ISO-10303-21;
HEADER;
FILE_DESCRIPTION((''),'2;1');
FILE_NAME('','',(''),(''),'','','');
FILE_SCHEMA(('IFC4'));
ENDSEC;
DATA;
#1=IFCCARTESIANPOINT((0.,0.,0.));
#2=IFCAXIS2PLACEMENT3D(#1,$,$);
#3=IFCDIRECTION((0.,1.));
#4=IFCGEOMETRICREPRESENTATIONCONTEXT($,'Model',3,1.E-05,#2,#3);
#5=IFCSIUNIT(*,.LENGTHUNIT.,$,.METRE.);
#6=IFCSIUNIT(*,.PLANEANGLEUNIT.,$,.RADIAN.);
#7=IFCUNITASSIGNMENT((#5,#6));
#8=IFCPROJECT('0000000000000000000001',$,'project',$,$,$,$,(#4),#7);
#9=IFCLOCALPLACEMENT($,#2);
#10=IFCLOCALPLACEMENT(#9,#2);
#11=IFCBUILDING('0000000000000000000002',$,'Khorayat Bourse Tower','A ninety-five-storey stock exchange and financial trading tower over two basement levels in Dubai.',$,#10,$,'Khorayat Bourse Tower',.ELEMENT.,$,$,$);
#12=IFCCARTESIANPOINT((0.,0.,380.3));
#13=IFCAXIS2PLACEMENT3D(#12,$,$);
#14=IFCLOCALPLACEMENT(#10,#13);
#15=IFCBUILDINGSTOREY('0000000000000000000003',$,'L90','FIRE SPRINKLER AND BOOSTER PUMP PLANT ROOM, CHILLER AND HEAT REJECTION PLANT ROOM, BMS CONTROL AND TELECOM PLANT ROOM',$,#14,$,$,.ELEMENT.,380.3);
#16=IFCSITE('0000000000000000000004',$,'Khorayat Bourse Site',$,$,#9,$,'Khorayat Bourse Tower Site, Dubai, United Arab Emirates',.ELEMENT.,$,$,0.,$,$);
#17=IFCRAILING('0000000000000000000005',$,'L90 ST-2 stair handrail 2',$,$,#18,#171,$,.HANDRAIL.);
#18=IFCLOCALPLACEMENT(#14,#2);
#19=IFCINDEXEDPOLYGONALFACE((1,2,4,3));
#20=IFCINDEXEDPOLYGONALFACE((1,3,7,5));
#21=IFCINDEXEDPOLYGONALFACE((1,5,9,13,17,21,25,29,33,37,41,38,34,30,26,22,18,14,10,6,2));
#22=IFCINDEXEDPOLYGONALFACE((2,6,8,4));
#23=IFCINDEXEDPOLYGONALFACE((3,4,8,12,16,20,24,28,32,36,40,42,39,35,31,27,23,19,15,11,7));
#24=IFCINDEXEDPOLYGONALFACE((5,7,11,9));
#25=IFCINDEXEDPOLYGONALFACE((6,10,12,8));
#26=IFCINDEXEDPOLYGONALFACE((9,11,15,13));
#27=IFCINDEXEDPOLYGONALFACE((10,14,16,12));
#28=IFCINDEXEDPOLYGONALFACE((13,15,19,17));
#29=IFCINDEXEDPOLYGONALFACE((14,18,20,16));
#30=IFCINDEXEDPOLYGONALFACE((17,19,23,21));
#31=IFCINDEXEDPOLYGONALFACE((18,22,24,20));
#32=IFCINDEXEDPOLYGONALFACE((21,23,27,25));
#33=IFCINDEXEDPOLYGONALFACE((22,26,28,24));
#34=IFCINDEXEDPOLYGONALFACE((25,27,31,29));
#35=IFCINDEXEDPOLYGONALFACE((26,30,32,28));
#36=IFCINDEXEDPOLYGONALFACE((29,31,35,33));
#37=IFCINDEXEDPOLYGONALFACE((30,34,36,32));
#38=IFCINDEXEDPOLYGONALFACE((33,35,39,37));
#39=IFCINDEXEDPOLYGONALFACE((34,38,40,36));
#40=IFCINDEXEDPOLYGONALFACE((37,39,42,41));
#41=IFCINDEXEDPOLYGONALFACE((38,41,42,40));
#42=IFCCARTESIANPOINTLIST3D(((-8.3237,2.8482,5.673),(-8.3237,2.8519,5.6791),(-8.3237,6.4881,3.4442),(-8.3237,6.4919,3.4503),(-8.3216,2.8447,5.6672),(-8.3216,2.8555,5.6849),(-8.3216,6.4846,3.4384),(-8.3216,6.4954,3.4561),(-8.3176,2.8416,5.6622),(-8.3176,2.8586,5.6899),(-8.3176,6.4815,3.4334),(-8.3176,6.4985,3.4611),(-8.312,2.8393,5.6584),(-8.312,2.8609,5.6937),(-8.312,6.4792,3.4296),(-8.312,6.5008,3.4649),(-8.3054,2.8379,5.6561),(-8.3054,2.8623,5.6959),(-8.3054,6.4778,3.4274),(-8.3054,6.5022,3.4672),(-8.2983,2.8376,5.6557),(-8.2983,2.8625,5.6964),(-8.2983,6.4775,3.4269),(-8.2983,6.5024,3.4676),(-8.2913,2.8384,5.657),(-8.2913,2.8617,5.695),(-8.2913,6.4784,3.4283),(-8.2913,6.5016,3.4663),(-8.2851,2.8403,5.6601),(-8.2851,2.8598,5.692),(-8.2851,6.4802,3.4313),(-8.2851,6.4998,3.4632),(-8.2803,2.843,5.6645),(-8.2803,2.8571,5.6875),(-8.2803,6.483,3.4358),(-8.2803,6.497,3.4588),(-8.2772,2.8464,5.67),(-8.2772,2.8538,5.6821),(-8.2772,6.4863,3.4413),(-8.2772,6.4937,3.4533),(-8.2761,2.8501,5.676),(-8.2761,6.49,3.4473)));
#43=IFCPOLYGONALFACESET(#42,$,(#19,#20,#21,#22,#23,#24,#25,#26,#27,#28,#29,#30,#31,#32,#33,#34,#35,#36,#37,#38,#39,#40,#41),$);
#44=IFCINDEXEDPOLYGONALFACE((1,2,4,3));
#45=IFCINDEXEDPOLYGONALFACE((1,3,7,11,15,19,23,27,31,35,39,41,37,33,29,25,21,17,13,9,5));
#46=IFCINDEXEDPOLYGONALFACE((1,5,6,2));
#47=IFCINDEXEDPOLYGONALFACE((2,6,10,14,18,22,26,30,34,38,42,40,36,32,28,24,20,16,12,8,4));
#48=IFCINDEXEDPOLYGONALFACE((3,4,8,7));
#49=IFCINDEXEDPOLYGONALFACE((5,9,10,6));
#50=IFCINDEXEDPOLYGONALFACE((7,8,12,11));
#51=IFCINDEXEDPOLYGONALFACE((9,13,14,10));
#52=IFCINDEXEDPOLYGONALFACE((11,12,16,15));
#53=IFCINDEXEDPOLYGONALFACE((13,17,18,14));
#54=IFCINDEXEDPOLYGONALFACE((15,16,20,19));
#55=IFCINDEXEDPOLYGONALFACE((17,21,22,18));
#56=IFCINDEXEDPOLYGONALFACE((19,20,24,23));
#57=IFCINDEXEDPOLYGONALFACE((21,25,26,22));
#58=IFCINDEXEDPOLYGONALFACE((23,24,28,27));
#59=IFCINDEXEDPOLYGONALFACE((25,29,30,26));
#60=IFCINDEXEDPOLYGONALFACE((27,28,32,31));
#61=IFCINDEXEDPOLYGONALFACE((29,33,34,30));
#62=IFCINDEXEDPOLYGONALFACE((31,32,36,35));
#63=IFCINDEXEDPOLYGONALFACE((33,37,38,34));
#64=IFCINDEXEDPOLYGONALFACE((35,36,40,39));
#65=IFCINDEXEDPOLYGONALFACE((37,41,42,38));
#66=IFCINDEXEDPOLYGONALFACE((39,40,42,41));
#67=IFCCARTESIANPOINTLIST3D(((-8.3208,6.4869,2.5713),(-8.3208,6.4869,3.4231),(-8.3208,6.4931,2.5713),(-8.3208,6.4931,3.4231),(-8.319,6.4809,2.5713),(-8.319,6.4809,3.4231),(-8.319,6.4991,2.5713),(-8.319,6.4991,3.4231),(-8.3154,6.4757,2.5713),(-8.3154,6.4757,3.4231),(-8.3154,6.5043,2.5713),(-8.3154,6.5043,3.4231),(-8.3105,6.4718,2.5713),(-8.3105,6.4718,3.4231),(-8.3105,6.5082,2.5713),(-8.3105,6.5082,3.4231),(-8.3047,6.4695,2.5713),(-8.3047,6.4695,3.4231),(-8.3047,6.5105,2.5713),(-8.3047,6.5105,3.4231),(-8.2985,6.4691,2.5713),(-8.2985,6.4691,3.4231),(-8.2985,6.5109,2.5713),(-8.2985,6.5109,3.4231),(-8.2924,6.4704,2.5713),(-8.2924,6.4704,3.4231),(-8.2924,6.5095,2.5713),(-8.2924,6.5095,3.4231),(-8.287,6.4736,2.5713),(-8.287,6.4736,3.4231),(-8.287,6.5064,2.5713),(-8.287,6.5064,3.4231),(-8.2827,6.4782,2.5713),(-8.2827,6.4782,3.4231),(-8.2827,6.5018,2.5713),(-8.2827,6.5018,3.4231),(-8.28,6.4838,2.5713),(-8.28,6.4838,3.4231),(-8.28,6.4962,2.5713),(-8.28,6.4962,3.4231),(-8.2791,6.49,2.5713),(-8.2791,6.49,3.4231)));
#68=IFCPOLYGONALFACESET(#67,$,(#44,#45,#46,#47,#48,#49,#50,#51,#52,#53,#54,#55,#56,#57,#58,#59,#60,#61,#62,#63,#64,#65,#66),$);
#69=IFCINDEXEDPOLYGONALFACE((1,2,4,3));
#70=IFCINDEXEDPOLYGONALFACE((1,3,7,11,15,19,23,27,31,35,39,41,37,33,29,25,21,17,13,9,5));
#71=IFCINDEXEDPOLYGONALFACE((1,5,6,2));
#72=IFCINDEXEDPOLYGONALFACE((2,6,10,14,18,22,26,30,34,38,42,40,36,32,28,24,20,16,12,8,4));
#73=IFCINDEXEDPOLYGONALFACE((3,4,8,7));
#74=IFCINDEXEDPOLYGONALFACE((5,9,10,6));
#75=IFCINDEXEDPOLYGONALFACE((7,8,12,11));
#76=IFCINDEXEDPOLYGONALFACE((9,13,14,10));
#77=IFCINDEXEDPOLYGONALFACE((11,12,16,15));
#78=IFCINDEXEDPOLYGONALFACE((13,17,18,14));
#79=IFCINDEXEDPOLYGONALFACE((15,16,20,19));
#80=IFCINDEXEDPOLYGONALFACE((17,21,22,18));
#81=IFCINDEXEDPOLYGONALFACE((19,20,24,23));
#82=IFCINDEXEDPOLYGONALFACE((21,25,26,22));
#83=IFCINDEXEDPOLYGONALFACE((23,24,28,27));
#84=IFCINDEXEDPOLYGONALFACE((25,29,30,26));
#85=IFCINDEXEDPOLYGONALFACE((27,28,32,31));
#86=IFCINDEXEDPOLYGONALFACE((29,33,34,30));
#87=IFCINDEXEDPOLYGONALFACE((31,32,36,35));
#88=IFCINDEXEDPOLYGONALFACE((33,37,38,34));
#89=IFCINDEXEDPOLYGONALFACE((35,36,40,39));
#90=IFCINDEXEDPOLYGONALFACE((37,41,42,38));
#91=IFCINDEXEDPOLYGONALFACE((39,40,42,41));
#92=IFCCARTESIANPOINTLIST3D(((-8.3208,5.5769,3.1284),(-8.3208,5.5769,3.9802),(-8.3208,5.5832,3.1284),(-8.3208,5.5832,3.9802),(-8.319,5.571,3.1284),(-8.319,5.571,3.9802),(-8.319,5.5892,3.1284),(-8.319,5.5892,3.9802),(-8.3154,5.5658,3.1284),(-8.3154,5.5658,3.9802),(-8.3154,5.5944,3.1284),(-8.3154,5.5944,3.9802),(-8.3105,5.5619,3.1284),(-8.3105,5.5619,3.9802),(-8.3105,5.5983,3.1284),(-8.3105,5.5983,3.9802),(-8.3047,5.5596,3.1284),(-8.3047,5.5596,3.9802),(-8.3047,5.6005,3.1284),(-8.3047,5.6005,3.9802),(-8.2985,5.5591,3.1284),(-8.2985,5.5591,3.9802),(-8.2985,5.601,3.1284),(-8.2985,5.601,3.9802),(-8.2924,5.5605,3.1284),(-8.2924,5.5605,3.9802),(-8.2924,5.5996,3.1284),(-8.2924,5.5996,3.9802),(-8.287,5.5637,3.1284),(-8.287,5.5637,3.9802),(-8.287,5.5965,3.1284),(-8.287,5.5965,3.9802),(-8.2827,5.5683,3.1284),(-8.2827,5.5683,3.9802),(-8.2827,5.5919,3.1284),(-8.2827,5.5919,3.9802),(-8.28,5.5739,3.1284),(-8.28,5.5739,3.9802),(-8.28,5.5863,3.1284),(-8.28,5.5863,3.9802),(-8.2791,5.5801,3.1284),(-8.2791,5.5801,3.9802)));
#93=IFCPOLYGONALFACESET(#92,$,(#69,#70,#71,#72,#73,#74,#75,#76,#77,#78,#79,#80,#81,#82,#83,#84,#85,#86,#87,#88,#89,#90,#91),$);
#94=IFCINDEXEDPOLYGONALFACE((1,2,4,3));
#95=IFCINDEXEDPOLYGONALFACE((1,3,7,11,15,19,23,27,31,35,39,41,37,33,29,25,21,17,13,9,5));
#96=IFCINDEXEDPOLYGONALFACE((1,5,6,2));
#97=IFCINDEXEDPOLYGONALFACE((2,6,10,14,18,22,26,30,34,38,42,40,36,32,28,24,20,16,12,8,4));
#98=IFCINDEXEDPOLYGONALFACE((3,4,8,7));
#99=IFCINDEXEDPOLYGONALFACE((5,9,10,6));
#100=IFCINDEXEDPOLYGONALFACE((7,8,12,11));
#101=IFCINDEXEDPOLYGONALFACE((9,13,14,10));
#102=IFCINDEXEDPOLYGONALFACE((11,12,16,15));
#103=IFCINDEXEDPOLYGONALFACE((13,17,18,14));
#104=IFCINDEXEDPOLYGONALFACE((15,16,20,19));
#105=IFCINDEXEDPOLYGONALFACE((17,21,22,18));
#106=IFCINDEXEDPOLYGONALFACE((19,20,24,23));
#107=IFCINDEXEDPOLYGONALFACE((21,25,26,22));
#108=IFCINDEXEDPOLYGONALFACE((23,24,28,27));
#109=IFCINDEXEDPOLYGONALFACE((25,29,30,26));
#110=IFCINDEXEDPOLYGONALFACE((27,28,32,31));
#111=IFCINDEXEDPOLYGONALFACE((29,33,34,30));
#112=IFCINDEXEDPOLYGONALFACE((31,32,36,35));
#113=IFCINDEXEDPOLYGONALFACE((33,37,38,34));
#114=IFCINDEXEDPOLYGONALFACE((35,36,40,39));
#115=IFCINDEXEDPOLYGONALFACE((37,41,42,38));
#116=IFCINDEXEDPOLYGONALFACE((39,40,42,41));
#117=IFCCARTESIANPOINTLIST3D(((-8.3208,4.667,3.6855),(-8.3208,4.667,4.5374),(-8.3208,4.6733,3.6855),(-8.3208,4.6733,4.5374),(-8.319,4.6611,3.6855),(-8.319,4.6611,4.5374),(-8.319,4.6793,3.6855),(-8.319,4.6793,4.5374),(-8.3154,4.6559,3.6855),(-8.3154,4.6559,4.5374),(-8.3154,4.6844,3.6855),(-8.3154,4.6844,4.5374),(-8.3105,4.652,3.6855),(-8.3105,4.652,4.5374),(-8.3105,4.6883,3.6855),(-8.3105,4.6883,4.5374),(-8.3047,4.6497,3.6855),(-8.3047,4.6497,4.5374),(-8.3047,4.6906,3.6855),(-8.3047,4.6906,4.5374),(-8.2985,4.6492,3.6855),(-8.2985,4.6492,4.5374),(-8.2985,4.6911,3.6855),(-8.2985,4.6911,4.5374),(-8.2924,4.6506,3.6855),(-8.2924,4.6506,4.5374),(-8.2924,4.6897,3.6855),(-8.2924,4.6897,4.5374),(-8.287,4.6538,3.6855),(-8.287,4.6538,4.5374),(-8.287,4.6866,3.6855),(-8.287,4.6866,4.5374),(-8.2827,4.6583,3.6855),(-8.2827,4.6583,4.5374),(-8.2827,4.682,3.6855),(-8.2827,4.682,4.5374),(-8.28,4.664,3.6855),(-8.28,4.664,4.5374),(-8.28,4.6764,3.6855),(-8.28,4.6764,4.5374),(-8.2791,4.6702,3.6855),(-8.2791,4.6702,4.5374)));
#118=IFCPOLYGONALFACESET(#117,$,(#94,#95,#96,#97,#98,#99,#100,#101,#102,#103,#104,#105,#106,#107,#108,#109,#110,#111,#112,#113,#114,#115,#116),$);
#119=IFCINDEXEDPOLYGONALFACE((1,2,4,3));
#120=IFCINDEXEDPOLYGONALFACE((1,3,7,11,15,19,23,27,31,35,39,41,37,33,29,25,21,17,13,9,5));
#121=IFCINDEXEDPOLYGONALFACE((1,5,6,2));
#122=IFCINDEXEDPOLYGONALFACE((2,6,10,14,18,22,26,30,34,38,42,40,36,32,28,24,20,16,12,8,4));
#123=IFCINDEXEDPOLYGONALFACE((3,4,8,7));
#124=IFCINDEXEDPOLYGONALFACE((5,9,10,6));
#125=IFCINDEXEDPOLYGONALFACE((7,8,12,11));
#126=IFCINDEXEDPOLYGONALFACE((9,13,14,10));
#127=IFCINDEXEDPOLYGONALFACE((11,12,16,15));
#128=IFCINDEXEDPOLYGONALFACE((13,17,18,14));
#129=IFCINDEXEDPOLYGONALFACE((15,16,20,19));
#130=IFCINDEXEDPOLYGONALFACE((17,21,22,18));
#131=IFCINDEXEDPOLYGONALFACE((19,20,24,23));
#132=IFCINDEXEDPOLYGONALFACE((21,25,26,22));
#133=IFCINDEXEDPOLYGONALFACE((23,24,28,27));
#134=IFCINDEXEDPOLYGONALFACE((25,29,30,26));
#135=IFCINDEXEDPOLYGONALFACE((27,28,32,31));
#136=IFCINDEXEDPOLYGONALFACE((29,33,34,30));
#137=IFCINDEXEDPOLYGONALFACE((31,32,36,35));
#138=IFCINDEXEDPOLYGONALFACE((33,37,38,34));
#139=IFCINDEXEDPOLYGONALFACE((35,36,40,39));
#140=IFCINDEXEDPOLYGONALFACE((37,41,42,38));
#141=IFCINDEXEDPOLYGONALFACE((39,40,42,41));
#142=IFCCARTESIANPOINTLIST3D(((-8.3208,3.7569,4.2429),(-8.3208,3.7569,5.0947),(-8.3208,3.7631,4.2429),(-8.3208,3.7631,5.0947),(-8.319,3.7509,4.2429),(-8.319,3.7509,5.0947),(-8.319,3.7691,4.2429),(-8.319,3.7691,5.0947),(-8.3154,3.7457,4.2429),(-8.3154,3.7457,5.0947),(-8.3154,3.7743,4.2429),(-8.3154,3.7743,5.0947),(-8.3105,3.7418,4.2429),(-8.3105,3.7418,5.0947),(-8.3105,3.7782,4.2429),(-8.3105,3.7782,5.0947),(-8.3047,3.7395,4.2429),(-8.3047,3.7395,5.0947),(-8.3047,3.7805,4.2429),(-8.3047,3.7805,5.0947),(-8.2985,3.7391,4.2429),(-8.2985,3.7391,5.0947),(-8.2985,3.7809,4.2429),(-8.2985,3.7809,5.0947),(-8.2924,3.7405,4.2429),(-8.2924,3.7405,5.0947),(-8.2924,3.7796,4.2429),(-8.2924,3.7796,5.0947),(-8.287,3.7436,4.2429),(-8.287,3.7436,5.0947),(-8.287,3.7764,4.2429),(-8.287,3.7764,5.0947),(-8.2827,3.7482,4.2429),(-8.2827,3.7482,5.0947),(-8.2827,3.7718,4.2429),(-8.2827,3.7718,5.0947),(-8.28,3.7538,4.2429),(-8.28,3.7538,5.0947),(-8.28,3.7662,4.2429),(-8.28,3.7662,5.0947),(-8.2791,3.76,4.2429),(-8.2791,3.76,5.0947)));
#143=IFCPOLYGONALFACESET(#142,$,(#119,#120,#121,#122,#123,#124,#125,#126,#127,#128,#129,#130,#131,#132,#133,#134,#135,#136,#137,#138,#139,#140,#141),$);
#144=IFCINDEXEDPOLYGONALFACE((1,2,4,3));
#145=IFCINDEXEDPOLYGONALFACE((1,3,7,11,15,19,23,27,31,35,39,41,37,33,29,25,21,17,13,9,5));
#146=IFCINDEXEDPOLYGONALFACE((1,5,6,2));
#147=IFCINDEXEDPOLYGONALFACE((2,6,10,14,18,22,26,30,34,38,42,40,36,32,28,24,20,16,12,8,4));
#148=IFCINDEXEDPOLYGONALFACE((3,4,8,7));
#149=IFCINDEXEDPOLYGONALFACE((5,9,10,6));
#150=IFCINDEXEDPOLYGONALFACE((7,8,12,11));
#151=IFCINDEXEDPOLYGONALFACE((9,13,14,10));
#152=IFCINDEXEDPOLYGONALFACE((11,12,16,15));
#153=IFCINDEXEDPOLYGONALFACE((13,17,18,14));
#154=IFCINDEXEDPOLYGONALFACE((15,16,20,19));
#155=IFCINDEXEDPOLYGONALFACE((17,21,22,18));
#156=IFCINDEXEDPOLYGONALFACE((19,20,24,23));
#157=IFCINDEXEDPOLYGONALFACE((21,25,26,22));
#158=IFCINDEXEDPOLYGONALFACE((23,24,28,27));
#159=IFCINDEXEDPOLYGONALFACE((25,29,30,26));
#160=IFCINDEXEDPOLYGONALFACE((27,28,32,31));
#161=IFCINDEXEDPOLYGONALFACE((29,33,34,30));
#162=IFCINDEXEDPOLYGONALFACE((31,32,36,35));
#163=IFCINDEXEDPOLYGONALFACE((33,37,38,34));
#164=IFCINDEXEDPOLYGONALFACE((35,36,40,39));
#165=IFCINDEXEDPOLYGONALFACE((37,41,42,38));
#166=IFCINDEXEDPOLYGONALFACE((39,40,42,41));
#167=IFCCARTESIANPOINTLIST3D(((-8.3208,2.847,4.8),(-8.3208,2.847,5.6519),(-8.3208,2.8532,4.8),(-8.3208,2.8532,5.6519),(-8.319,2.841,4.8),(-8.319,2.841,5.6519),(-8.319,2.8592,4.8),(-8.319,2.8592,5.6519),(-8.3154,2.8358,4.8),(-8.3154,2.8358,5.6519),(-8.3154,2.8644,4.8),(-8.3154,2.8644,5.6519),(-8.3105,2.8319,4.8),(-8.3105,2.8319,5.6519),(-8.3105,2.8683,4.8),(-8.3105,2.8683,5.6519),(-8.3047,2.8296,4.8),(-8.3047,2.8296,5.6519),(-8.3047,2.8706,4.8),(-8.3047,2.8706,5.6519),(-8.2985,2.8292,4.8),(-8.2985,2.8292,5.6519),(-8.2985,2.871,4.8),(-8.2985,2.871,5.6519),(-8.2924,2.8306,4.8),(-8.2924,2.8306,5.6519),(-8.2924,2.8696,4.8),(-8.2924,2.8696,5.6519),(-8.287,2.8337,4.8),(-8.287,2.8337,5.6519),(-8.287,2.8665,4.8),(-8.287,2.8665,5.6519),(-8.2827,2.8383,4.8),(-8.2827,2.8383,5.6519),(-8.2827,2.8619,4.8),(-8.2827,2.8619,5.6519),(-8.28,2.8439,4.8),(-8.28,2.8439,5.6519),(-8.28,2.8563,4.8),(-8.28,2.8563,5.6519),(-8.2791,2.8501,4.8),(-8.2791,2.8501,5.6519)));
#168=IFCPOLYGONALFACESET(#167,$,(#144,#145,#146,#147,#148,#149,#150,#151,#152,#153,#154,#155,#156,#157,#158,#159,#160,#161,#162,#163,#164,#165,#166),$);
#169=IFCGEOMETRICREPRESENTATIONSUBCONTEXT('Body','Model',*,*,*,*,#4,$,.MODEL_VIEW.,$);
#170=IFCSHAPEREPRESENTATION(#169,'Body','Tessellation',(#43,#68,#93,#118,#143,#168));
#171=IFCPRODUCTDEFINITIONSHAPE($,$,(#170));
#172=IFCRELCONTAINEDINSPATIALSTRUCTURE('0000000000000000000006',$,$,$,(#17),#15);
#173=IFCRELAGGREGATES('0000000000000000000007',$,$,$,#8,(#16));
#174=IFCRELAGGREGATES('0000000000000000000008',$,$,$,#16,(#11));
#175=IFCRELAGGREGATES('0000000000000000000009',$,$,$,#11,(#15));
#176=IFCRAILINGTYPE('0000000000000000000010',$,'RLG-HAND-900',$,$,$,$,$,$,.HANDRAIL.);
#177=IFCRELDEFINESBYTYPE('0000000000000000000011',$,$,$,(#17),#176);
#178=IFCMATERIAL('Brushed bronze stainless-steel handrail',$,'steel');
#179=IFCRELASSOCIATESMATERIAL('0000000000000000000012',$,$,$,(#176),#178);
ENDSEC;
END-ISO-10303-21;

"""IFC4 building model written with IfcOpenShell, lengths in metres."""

from ifc_helpers import new_model, si_unit, direction, frame, origin, origin_2d, place, context, subcontext, project, spatial, circle, extrude, source, transform, mapped, material, type_object, element, save


model = new_model("IFC4")

# Units and contexts
model_context = context("Model", 3, precision=1e-05, world=origin(), true_north=direction((0.0, 1.0)))
body_context = subcontext(model_context, "Body", "Model", "MODEL_VIEW")
ifc_project = project(units=[si_unit("LENGTHUNIT", "METRE"), si_unit("PLANEANGLEUNIT", "RADIAN")], contexts=[model_context])

# Site, building, storey
site_placement = place(None, origin())
site = spatial("IfcSite", under=ifc_project, at=site_placement, Name="Khorayat Bourse Site", LongName="Khorayat Bourse Tower Site, Dubai, United Arab Emirates", CompositionType="ELEMENT", RefElevation=0.0)
building_placement = place(site_placement, origin())
building = spatial("IfcBuilding", under=site, at=building_placement, Name="Khorayat Bourse Tower", Description="A ninety-five-storey stock exchange and financial trading tower over two basement levels in Dubai.", LongName="Khorayat Bourse Tower", CompositionType="ELEMENT")
storey_placement = place(building_placement, frame((0.0, 0.0, 380.3)))
storey = spatial("IfcBuildingStorey", under=building, at=storey_placement, Name="L90", Description="FIRE SPRINKLER AND BOOSTER PUMP PLANT ROOM, CHILLER AND HEAT REJECTION PLANT ROOM, BMS CONTROL AND TELECOM PLANT ROOM", CompositionType="ELEMENT", Elevation=380.3)

# Railing
ifc_material_1 = material(Name="Brushed bronze stainless-steel handrail", Category="steel")
railing_type_1 = type_object("IfcRailingType", Name="RLG-HAND-900", PredefinedType="HANDRAIL", material=ifc_material_1)
shared_shape_1 = source(origin(), body_context, "Body", "SweptSolid", [
    extrude(circle(Radius=0.0239, at=origin_2d()), frame((0.0, 0.0, 0.876), z_axis=(0.0, -0.852825, 0.522197), x_axis=(1.0, 0.0, 0.0)), (0.0, 0.0, 1.0), 4.2681),
    extrude(circle(Radius=0.021, at=origin_2d()), origin(), (0.0, 0.0, 1.0), 0.8518),
    extrude(circle(Radius=0.021, at=origin_2d()), frame((0.0, -0.9099, 0.5571)), (0.0, 0.0, 1.0), 0.8518),
    extrude(circle(Radius=0.021, at=origin_2d()), frame((0.0, -1.8198, 1.1143)), (0.0, 0.0, 1.0), 0.8518),
    extrude(circle(Radius=0.021, at=origin_2d()), frame((0.0, -2.73, 1.6716)), (0.0, 0.0, 1.0), 0.8518),
    extrude(circle(Radius=0.021, at=origin_2d()), frame((0.0, -3.6399, 2.2288)), (0.0, 0.0, 1.0), 0.8518),
])
railing_1_placement = place(storey_placement, frame((-8.3, 6.49, 2.5713)))
element("IfcRailing", 1, at=railing_1_placement, inside=storey, type_object=railing_type_1, Name="L90 ST-2 stair handrail 2", PredefinedType="HANDRAIL", context=body_context, shape_type="MappedRepresentation", body=[
    mapped(shared_shape_1, transform((0.0, 0.0, 0.0), scale=1.0)),
])

save(model, "model.ifc")
